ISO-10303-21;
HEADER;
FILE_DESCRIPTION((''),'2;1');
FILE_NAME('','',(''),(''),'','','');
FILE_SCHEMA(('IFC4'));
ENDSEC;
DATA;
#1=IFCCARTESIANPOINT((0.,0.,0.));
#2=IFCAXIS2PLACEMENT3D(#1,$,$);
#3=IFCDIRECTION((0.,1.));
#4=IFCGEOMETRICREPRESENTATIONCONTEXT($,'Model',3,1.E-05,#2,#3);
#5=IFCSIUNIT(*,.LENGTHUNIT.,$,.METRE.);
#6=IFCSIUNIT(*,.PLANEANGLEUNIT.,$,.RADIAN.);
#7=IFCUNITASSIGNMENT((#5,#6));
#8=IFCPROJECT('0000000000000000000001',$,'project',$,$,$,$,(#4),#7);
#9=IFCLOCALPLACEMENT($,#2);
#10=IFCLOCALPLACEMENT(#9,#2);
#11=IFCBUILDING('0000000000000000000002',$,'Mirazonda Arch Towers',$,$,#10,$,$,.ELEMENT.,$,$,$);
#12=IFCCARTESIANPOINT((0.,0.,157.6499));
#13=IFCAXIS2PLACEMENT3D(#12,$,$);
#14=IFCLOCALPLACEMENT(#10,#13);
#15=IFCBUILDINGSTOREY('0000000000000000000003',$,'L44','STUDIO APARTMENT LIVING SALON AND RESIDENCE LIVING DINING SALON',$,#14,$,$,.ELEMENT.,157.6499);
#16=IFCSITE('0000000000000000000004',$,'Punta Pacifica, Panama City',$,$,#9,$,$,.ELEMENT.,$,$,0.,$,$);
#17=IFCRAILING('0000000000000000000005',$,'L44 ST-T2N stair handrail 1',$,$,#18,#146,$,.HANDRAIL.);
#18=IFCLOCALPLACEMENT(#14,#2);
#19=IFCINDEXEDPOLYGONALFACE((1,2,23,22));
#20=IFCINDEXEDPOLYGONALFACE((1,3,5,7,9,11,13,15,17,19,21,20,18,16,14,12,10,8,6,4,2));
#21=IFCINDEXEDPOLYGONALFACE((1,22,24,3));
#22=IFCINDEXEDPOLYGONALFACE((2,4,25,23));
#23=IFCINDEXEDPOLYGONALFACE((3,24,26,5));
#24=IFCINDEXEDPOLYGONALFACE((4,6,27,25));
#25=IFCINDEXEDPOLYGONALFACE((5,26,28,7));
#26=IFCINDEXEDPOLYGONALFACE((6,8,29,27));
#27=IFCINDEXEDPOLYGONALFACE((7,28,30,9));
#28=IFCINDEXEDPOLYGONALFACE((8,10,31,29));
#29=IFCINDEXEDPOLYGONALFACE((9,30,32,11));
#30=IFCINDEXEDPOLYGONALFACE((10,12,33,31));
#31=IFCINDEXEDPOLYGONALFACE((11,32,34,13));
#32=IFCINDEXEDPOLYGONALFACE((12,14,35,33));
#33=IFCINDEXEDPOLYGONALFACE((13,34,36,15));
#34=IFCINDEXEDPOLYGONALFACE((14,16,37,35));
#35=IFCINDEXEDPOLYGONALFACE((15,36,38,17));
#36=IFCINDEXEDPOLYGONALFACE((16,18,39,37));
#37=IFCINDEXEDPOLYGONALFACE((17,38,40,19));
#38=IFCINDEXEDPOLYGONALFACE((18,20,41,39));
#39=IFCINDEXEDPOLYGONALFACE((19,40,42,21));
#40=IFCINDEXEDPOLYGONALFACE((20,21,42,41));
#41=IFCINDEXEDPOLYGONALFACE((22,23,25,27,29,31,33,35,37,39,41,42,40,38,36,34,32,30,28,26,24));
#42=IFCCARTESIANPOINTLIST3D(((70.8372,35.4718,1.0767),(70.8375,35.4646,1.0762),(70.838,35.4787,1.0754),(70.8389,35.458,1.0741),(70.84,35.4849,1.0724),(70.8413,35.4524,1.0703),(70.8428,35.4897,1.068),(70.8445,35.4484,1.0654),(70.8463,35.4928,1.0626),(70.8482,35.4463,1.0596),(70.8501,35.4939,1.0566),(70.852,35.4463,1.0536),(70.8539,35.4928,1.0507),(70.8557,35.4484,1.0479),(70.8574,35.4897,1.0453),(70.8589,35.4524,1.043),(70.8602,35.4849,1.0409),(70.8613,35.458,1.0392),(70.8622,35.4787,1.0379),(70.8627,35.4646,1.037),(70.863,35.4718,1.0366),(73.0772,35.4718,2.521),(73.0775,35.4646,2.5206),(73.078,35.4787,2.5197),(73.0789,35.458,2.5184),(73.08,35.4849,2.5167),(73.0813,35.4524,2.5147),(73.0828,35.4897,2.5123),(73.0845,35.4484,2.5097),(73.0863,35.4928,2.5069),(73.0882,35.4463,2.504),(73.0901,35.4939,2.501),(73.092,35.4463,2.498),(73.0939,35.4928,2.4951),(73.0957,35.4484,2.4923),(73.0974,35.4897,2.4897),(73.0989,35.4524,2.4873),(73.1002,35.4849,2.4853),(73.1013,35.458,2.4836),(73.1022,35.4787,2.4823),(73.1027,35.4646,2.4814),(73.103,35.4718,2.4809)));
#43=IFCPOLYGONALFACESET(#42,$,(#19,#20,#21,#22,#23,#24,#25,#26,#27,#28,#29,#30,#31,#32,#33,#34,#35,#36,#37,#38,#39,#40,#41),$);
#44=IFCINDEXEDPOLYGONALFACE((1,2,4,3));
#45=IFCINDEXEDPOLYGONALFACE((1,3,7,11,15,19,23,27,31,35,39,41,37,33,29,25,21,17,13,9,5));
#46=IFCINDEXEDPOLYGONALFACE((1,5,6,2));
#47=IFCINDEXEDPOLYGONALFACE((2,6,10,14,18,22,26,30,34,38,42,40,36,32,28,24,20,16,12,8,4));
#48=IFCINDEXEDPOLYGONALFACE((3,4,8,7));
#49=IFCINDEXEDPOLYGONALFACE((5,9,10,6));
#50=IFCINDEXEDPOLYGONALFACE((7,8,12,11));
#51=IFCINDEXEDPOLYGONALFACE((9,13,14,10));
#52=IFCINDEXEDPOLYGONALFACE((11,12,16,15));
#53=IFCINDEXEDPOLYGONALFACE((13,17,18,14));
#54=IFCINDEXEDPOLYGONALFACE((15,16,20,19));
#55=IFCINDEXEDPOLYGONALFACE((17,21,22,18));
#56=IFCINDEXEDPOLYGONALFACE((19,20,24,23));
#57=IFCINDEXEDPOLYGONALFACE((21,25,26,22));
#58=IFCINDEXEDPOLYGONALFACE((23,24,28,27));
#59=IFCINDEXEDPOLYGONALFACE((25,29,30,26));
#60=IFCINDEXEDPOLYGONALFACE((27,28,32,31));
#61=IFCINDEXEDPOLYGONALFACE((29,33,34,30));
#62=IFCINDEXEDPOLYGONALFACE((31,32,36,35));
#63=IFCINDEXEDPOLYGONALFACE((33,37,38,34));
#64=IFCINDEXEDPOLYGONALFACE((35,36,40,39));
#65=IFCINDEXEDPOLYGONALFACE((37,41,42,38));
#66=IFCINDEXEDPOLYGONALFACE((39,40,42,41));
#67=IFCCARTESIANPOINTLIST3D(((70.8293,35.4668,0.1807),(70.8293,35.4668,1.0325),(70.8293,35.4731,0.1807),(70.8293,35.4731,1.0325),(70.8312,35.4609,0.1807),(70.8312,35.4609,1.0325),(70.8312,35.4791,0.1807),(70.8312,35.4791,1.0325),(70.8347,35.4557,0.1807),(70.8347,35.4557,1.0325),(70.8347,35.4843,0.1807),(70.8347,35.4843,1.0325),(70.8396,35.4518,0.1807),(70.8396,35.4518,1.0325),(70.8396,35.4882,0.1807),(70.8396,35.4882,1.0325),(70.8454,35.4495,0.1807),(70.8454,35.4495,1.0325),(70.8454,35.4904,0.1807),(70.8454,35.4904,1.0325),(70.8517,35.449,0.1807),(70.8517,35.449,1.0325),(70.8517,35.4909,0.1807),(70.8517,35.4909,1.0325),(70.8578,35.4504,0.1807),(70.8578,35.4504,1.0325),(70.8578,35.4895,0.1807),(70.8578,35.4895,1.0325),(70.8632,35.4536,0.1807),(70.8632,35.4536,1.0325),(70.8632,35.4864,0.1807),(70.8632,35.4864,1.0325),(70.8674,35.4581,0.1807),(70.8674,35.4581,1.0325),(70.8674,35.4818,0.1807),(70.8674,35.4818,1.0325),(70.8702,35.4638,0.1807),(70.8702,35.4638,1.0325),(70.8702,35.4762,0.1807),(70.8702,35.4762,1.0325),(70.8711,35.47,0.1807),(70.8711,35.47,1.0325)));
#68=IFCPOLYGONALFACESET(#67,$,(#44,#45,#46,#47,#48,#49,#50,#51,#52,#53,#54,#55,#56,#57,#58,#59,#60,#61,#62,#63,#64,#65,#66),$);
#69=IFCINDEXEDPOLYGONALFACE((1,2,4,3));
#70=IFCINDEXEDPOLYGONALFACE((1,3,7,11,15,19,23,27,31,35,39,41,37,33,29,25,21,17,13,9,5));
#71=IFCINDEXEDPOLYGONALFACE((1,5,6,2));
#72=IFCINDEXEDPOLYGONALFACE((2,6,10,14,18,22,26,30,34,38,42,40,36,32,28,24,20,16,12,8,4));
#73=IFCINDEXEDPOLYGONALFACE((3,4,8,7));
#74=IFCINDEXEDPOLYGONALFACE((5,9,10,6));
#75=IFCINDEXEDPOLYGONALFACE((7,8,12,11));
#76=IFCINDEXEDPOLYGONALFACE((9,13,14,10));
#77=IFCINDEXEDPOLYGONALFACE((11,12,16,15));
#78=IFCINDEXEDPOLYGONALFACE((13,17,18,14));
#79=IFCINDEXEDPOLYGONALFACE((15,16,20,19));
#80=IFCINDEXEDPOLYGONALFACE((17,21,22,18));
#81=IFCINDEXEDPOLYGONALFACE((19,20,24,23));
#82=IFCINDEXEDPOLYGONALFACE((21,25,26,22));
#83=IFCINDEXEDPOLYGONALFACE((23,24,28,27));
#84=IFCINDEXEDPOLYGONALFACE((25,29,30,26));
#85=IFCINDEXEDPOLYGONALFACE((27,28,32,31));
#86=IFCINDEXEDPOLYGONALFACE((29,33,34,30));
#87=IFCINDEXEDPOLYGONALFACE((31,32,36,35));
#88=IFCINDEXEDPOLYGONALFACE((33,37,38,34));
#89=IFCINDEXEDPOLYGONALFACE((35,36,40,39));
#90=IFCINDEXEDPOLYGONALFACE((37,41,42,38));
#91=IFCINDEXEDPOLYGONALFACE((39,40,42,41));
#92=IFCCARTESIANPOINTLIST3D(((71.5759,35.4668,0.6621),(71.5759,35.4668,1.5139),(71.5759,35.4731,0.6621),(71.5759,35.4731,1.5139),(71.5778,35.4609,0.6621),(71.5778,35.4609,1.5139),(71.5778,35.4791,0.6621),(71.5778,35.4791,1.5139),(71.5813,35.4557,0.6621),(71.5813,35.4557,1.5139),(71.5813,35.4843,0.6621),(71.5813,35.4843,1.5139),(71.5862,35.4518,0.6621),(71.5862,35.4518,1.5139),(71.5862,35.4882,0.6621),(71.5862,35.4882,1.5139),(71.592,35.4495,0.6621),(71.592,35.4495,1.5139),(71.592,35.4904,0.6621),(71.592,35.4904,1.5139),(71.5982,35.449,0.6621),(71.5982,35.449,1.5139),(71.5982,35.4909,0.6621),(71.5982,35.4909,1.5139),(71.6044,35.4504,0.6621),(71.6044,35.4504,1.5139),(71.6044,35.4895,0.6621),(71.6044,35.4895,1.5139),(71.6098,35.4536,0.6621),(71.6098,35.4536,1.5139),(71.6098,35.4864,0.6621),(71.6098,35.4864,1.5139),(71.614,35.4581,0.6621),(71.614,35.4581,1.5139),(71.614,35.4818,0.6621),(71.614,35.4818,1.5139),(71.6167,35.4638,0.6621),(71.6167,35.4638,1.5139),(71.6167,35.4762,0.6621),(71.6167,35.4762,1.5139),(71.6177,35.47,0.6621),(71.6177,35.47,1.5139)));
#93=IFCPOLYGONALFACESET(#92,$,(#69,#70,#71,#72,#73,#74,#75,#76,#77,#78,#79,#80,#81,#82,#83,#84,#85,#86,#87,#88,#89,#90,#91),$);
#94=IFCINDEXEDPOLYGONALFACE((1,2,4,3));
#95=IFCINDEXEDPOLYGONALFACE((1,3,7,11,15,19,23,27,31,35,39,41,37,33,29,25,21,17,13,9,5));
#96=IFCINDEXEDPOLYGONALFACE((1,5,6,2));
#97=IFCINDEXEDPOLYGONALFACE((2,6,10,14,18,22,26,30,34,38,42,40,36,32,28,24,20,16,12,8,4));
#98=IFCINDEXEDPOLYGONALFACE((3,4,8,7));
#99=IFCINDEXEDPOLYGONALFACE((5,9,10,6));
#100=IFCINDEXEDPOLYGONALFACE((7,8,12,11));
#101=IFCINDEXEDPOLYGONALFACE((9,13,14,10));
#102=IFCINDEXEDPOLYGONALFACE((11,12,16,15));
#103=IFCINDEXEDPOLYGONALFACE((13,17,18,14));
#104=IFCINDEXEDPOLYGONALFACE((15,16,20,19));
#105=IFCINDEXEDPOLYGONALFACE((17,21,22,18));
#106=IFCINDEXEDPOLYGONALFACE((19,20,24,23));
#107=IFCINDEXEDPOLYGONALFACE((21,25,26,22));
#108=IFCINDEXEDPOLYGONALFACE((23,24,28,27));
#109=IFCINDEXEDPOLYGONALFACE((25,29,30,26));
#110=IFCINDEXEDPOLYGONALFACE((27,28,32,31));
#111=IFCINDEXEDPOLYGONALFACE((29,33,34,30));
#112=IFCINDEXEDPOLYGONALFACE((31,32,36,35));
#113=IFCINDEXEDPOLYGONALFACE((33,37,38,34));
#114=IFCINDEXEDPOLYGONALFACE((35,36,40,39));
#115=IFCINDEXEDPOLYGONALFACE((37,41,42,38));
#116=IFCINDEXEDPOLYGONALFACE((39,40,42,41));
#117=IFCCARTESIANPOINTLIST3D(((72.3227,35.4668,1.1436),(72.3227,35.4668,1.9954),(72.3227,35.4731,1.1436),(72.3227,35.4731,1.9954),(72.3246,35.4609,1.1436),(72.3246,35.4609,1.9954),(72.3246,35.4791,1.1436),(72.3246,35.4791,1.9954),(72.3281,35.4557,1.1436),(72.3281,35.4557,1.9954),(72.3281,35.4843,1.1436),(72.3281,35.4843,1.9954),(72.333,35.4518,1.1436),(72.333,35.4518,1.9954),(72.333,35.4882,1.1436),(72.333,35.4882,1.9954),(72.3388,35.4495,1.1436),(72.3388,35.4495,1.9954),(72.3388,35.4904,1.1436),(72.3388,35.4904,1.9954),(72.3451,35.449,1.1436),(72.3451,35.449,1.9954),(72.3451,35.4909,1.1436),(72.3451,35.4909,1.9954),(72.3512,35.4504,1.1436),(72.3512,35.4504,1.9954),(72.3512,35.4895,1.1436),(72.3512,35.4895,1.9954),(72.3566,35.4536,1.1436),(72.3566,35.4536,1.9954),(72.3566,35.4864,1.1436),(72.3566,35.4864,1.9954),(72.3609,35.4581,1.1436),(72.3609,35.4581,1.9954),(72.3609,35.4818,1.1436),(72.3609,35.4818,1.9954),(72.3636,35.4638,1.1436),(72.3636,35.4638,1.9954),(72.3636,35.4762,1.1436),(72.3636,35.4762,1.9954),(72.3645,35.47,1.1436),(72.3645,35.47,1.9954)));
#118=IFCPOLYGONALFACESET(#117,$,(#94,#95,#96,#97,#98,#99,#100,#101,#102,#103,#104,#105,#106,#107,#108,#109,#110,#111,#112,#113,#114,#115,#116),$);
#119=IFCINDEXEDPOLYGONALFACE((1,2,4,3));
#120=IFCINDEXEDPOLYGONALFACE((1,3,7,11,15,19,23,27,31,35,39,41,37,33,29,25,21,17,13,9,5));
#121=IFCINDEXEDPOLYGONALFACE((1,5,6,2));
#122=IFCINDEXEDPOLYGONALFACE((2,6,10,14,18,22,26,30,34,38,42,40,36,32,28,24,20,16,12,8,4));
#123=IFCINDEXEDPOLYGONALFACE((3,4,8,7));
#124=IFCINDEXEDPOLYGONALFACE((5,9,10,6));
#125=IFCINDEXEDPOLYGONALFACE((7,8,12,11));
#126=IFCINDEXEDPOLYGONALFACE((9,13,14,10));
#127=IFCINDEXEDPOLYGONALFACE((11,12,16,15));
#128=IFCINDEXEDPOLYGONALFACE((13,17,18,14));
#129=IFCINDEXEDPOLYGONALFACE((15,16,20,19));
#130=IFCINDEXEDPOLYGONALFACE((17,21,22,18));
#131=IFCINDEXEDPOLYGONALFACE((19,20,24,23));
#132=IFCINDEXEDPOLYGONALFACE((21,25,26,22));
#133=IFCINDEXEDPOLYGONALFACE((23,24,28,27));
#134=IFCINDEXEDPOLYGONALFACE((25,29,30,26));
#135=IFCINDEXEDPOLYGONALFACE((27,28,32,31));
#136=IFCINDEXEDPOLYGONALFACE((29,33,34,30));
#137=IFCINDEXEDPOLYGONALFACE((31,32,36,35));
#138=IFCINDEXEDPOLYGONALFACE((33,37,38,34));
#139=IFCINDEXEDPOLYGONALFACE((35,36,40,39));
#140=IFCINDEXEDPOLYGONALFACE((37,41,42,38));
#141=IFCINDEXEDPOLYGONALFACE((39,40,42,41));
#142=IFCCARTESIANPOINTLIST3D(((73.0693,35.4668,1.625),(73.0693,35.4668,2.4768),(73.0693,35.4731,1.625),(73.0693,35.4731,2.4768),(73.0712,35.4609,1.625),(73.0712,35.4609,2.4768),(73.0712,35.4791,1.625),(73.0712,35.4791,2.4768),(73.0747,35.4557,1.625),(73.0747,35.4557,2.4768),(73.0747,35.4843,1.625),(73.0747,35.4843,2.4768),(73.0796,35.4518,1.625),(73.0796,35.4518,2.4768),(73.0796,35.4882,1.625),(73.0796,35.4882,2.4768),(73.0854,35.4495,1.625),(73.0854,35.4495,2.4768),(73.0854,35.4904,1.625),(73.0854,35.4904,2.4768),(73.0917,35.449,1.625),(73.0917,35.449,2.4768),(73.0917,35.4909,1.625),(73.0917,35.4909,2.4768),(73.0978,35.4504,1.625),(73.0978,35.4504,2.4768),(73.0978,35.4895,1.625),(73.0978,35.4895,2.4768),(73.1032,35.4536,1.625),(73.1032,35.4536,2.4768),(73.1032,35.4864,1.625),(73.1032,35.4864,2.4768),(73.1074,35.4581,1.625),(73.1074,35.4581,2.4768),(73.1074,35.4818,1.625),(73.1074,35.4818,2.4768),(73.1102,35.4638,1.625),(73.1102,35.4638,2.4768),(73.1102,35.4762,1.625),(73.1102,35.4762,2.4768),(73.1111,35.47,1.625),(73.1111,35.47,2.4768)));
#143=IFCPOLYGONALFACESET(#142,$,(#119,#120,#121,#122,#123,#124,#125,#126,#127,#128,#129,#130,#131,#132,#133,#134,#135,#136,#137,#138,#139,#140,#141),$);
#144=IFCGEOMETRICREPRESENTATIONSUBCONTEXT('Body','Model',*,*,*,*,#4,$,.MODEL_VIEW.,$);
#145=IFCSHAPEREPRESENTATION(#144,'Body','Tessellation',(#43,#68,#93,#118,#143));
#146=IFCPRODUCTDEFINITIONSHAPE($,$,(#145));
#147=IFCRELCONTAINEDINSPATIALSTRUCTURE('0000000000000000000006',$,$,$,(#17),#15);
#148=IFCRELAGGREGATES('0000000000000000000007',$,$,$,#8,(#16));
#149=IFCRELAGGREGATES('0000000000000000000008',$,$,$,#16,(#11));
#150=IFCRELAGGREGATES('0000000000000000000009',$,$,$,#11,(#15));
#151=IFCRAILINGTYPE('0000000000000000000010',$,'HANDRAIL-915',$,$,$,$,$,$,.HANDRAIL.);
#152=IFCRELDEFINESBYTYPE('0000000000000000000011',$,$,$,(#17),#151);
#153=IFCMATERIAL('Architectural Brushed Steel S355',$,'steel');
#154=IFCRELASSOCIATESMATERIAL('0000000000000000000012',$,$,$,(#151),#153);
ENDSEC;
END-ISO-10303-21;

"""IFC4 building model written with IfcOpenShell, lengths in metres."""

from ifc_helpers import new_model, si_unit, direction, frame, origin, origin_2d, place, context, subcontext, project, spatial, circle, extrude, material, type_object, element, save


model = new_model("IFC4")

# Units and contexts
model_context = context("Model", 3, precision=1e-05, world=origin(), true_north=direction((0.0, 1.0)))
body_context = subcontext(model_context, "Body", "Model", "MODEL_VIEW")
ifc_project = project(units=[si_unit("LENGTHUNIT", "METRE"), si_unit("PLANEANGLEUNIT", "RADIAN")], contexts=[model_context])

# Site, building, storey
site_placement = place(None, origin())
site = spatial("IfcSite", under=ifc_project, at=site_placement, Name="Punta Pacifica, Panama City", CompositionType="ELEMENT", RefElevation=0.0)
building_placement = place(site_placement, origin())
building = spatial("IfcBuilding", under=site, at=building_placement, Name="Mirazonda Arch Towers", CompositionType="ELEMENT")
storey_placement = place(building_placement, frame((0.0, 0.0, 157.6499)))
storey = spatial("IfcBuildingStorey", under=building, at=storey_placement, Name="L44", Description="STUDIO APARTMENT LIVING SALON AND RESIDENCE LIVING DINING SALON", CompositionType="ELEMENT", Elevation=157.6499)

# Shared definitions
ifc_material_1 = material(Name="Architectural Brushed Steel S355", Category="steel")

# Railing
railing_type_1 = type_object("IfcRailingType", Name="HANDRAIL-915", PredefinedType="HANDRAIL", material=ifc_material_1)
railing_1_placement = place(storey_placement, frame((70.8501, 35.47, 0.1807)))
element("IfcRailing", 1, at=railing_1_placement, inside=storey, type_object=railing_type_1, Name="L44 ST-T2N stair handrail 1", PredefinedType="HANDRAIL", context=body_context, shape_type="SweptSolid", body=[
    extrude(circle(Radius=0.0239, at=origin_2d()), frame((0.0, 0.0, 0.876), z_axis=(0.840437, 0.0, 0.54191), x_axis=(0.0, 1.0, 0.0)), (0.0, 0.0, 1.0), 2.6653),
    extrude(circle(Radius=0.021, at=origin_2d()), origin(), (0.0, 0.0, 1.0), 0.8518),
    extrude(circle(Radius=0.021, at=origin_2d()), frame((0.7466, 0.0, 0.4814)), (0.0, 0.0, 1.0), 0.8518),
    extrude(circle(Radius=0.021, at=origin_2d()), frame((1.4934, 0.0, 0.9629)), (0.0, 0.0, 1.0), 0.8518),
    extrude(circle(Radius=0.021, at=origin_2d()), frame((2.24, 0.0, 1.4443)), (0.0, 0.0, 1.0), 0.8518),
])

save(model, "model.ifc")
